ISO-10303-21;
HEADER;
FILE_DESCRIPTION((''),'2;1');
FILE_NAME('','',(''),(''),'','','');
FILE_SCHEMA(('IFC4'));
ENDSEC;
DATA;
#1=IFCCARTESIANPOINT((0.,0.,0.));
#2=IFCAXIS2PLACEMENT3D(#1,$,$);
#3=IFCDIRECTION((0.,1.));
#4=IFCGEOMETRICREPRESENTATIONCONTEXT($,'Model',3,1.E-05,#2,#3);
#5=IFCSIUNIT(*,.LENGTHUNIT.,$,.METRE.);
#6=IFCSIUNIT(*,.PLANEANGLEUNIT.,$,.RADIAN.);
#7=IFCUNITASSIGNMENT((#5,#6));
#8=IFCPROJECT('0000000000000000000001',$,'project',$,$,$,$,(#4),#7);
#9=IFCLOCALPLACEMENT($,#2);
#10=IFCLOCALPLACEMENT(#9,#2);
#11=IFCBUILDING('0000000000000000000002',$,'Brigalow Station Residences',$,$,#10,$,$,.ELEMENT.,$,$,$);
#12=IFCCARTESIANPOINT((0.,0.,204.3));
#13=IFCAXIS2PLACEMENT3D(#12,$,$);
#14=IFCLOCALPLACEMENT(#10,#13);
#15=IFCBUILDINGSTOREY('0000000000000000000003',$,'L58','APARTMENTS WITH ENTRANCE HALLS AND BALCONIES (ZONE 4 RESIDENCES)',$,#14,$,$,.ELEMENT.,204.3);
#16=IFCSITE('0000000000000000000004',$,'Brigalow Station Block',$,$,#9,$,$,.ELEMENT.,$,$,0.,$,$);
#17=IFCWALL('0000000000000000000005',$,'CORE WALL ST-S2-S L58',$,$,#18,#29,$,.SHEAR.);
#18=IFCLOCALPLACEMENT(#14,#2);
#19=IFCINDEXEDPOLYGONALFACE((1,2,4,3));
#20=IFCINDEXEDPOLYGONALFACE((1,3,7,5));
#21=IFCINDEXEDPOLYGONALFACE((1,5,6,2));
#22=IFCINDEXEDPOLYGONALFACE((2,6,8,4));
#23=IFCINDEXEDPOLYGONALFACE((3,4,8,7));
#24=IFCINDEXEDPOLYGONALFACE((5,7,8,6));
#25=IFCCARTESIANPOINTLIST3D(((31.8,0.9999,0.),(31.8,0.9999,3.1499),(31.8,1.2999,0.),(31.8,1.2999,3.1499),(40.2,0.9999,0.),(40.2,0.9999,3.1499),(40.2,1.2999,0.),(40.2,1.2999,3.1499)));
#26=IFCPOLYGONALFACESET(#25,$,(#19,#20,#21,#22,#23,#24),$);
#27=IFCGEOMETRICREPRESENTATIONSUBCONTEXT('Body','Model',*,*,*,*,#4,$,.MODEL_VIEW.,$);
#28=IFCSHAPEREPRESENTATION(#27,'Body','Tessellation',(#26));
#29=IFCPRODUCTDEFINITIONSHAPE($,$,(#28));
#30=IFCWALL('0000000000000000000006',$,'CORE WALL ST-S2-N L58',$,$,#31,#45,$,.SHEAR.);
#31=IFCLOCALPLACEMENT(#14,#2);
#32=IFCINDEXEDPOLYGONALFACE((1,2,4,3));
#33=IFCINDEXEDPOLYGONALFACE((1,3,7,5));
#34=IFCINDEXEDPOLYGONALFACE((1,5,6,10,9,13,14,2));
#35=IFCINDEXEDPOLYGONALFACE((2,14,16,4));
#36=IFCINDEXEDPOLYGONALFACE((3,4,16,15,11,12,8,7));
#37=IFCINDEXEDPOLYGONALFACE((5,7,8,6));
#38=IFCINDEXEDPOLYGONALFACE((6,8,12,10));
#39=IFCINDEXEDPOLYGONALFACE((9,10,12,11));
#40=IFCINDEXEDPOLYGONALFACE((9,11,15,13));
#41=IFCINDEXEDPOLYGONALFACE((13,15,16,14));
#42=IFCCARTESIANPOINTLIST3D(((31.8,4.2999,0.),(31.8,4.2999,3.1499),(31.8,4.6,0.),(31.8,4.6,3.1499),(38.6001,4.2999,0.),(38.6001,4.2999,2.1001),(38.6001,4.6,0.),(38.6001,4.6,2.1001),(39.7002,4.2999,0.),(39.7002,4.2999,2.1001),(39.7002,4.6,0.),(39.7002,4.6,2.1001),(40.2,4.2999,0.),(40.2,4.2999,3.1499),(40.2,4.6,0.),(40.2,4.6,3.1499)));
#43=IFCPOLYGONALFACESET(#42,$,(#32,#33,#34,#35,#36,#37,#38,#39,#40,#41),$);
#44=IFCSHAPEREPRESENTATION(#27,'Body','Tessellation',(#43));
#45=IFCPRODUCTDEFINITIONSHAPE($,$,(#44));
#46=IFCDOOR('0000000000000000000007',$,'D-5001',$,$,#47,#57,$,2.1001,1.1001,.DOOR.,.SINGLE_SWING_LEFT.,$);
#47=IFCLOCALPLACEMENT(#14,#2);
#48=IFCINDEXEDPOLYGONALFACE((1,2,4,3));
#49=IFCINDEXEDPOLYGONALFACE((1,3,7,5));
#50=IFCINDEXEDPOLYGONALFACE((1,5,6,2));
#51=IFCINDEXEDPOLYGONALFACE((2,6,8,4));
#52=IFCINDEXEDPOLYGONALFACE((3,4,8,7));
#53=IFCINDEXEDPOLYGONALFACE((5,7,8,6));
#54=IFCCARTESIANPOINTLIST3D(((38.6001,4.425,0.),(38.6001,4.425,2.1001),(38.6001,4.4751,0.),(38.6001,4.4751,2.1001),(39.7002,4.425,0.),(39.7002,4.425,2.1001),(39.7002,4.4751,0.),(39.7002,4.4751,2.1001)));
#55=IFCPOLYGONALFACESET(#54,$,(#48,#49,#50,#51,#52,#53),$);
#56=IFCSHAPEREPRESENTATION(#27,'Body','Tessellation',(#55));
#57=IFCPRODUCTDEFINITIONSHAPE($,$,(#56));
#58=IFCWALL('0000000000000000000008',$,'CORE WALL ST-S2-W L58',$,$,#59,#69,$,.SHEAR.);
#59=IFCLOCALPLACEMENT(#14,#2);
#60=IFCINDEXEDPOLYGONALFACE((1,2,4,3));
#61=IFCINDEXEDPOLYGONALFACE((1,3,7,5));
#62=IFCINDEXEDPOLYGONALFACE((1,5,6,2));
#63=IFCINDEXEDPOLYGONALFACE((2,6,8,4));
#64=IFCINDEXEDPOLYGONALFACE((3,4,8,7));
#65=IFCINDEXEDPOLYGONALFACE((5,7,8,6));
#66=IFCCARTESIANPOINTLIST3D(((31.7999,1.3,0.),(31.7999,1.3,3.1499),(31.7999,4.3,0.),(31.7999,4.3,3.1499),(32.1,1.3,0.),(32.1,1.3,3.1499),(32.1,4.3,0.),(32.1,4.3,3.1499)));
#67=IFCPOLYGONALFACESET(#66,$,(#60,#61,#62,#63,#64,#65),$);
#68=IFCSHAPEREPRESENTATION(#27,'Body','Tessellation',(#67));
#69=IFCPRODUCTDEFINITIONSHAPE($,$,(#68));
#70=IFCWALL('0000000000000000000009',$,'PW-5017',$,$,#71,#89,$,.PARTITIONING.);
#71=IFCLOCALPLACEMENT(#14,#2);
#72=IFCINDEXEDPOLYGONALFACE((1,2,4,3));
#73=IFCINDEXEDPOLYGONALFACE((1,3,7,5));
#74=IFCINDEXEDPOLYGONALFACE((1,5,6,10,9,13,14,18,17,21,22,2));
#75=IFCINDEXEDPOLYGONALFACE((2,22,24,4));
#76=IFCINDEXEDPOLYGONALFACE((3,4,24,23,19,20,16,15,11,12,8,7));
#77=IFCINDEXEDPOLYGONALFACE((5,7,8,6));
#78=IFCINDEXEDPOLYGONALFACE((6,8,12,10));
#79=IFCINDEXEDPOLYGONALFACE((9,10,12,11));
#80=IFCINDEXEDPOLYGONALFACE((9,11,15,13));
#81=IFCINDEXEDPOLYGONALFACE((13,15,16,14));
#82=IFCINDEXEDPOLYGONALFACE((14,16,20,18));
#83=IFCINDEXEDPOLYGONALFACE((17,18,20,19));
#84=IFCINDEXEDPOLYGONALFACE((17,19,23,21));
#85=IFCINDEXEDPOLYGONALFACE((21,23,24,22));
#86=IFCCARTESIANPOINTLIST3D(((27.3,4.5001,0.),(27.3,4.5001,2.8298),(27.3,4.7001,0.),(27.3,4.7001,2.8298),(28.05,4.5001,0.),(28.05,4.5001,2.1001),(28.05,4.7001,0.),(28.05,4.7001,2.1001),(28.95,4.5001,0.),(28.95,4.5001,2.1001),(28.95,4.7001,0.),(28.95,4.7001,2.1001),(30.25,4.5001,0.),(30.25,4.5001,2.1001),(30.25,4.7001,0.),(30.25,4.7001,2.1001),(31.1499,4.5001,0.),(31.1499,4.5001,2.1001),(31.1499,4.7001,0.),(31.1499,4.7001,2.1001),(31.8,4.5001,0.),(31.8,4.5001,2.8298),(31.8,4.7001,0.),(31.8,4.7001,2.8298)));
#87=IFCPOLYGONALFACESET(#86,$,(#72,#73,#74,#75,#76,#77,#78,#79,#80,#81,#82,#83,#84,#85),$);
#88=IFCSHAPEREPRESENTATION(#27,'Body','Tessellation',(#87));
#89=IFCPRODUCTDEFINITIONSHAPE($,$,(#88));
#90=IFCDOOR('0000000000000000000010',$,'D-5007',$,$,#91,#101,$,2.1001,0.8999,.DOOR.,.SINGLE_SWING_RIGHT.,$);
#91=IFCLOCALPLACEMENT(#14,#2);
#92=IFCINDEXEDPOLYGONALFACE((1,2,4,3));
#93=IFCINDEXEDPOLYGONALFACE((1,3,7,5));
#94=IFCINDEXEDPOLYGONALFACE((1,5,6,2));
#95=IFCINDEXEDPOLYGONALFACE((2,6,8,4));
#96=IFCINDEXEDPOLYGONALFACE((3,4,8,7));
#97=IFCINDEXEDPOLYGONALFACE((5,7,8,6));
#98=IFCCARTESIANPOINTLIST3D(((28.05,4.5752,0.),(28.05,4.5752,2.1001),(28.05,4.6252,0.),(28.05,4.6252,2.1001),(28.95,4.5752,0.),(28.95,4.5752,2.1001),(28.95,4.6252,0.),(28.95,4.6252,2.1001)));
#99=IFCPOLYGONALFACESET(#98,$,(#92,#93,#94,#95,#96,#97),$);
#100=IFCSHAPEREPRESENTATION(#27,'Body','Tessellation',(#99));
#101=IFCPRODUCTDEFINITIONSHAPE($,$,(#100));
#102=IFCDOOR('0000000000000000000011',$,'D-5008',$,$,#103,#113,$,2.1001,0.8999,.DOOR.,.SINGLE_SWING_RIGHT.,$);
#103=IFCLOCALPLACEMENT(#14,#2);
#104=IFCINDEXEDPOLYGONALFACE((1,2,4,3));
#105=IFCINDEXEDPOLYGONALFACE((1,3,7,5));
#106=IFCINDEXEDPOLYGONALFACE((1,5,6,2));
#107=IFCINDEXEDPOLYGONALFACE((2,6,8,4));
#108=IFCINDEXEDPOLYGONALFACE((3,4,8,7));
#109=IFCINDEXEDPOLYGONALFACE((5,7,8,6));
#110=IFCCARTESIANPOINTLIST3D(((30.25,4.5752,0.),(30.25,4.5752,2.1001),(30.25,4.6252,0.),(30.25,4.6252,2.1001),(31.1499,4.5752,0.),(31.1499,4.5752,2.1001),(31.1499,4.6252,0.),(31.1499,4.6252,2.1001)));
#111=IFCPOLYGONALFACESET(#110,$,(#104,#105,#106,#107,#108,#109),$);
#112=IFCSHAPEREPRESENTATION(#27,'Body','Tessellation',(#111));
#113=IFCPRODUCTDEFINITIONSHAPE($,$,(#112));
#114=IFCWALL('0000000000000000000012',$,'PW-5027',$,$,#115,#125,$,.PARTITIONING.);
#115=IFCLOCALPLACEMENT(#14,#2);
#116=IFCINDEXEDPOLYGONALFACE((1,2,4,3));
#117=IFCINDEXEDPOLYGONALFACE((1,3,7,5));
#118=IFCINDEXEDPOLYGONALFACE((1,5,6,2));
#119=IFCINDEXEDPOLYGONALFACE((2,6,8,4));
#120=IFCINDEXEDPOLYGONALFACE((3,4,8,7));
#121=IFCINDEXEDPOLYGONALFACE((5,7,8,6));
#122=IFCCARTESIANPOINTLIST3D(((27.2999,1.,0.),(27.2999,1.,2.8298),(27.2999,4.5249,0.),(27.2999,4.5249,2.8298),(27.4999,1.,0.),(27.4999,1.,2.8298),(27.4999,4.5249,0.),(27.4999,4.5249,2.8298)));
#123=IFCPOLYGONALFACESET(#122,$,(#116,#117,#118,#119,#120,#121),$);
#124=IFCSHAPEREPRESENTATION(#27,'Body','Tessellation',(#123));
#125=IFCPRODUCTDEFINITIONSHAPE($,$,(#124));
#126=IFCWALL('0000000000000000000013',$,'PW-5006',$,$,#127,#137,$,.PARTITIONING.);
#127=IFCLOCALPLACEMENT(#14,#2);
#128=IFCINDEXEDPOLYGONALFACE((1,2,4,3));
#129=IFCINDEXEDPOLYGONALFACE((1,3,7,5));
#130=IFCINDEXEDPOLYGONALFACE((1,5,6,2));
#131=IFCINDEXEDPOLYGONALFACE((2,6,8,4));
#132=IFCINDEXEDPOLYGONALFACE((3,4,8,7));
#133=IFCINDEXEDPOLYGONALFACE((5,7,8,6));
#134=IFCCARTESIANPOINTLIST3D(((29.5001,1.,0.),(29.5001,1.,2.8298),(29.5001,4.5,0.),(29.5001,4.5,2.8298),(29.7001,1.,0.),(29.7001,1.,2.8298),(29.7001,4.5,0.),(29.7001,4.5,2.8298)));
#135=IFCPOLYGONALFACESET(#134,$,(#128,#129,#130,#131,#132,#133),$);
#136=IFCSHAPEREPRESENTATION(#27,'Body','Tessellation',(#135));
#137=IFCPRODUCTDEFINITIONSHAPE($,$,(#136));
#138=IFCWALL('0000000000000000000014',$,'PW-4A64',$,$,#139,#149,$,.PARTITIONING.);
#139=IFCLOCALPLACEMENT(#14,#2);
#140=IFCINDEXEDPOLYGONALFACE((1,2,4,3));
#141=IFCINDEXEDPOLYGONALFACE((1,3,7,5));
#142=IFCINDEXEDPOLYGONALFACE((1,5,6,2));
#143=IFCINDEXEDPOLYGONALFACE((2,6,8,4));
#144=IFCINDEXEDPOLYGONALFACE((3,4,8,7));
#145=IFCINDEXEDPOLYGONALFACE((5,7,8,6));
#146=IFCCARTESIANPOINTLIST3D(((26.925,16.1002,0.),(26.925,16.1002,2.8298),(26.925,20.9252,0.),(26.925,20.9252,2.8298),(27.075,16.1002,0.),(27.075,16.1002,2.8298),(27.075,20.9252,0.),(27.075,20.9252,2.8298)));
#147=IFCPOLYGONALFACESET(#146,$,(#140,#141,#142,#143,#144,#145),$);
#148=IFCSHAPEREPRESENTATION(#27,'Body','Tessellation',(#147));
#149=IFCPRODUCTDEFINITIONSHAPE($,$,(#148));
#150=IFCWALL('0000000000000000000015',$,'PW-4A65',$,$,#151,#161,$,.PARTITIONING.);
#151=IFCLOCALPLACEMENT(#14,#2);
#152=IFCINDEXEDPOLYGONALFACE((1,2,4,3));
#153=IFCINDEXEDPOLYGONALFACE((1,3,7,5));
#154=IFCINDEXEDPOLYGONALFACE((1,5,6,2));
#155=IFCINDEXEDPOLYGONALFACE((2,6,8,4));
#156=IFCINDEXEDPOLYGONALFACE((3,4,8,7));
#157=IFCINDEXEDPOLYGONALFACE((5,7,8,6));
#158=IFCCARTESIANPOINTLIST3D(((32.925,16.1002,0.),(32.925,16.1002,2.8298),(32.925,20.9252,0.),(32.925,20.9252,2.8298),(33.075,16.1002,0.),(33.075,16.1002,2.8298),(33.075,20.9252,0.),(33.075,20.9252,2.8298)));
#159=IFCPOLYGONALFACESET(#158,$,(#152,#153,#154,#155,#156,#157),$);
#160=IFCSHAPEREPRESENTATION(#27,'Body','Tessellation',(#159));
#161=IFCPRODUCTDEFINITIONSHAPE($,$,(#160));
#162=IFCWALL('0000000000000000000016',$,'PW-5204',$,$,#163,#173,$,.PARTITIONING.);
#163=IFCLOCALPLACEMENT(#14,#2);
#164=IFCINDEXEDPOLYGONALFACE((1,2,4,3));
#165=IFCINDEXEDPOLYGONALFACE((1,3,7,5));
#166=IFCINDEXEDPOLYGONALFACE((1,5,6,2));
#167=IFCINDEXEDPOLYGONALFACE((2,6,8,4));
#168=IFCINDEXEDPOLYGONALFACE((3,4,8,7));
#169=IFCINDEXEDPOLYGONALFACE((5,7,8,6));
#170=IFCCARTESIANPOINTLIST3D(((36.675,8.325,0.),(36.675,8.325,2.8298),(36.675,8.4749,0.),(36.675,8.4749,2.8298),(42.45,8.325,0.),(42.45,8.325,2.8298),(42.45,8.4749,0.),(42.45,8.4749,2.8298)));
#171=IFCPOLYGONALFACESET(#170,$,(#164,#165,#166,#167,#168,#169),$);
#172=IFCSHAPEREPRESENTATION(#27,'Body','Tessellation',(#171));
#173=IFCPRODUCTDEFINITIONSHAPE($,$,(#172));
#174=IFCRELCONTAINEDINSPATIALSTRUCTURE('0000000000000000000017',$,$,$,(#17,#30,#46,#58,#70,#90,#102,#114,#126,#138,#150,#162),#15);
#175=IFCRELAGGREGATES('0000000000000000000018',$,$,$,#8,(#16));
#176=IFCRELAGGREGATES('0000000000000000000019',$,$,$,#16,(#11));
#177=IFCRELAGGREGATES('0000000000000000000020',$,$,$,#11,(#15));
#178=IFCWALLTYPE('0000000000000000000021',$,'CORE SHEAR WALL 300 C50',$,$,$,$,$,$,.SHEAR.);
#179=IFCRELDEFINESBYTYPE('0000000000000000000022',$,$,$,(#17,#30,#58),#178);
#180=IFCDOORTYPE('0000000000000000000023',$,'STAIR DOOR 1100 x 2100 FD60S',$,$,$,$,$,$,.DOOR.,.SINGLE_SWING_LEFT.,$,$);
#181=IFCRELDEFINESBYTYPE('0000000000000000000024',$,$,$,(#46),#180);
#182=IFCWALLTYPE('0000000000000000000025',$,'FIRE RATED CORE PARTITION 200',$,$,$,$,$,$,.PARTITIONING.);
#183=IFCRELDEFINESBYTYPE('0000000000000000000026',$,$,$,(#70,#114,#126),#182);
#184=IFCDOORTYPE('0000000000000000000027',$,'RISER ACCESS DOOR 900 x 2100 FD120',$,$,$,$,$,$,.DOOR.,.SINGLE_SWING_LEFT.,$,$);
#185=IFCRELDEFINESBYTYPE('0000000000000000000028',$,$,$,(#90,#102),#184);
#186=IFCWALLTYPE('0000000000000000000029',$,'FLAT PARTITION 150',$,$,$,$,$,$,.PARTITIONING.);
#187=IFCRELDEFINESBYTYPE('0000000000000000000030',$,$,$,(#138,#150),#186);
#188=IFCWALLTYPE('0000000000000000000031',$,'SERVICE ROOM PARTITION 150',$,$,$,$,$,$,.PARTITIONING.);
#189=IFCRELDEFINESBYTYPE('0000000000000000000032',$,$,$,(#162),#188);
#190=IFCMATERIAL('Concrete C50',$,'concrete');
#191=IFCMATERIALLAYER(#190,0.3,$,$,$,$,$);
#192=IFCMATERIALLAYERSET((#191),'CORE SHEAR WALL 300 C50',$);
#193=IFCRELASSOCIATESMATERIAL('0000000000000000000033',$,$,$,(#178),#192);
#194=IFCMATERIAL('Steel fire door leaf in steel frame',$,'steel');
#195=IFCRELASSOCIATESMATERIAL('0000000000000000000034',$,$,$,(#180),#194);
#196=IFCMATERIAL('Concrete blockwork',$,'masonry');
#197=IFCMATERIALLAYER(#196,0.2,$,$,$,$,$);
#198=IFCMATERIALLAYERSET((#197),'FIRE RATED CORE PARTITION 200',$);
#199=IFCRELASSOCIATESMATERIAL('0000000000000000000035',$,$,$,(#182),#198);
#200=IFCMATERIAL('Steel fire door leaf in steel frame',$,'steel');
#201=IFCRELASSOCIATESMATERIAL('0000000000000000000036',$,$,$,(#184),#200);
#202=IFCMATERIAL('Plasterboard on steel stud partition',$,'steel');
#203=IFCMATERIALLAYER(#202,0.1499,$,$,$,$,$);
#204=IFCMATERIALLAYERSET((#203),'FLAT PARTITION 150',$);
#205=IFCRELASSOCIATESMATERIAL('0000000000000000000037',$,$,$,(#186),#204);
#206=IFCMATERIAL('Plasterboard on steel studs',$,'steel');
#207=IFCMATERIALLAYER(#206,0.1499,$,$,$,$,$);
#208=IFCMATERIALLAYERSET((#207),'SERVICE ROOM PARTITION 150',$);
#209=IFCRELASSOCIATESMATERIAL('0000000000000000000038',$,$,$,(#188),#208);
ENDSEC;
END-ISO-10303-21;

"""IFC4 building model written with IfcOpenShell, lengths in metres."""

from ifc_helpers import new_model, si_unit, direction, frame, frame_2d, origin, place, context, subcontext, project, spatial, rectangle, extrude, material, layer, layer_set, type_object, element, fill, save


model = new_model("IFC4")

# Units and contexts
model_context = context("Model", 3, precision=1e-05, world=origin(), true_north=direction((0.0, 1.0)))
body_context = subcontext(model_context, "Body", "Model", "MODEL_VIEW")
ifc_project = project(units=[si_unit("LENGTHUNIT", "METRE"), si_unit("PLANEANGLEUNIT", "RADIAN")], contexts=[model_context])

# Site, building, storey
site_placement = place(None, origin())
site = spatial("IfcSite", under=ifc_project, at=site_placement, Name="Brigalow Station Block", CompositionType="ELEMENT", RefElevation=0.0)
building_placement = place(site_placement, origin())
building = spatial("IfcBuilding", under=site, at=building_placement, Name="Brigalow Station Residences", CompositionType="ELEMENT")
storey_placement = place(building_placement, frame((0.0, 0.0, 204.3)))
storey = spatial("IfcBuildingStorey", under=building, at=storey_placement, Name="L58", Description="APARTMENTS WITH ENTRANCE HALLS AND BALCONIES (ZONE 4 RESIDENCES)", CompositionType="ELEMENT", Elevation=204.3)

# Wall
ifc_material_1 = material(Name="Concrete C50", Category="concrete")
ifc_layer_1 = layer(ifc_material_1, 0.3)
ifc_layer_set_1 = layer_set([ifc_layer_1], Name="CORE SHEAR WALL 300 C50")
wall_type_1 = type_object("IfcWallType", Name="CORE SHEAR WALL 300 C50", PredefinedType="SHEAR", material=ifc_layer_set_1)
wall_1_placement = place(storey_placement, frame((31.8, 1.1499, 0.0), z_axis=(0.0, 0.0, 1.0), x_axis=(1.0, 0.0, 0.0)))
element("IfcWall", 1, at=wall_1_placement, inside=storey, type_object=wall_type_1, Name="CORE WALL ST-S2-S L58", PredefinedType="SHEAR", context=body_context, shape_type="SweptSolid", body=[
    extrude(rectangle(XDim=8.3999, YDim=0.3, at=frame_2d((4.2, 0.0))), origin(), (0.0, 0.0, 1.0), 3.1499),
])

# Wall, opening, door
wall_2_placement = place(storey_placement, frame((31.8, 4.45, 0.0), z_axis=(0.0, 0.0, 1.0), x_axis=(1.0, 0.0, 0.0)))
wall_2 = element("IfcWall", 2, at=wall_2_placement, inside=storey, type_object=wall_type_1, Name="CORE WALL ST-S2-N L58", PredefinedType="SHEAR", context=body_context, shape_type="SweptSolid", body=[
    extrude(rectangle(XDim=8.3999, YDim=0.3, at=frame_2d((4.2, 0.0))), origin(), (0.0, 0.0, 1.0), 3.1499),
])
opening_1_placement = place(wall_2_placement, frame((6.8, 0.0, 0.0)))
opening_1 = element("IfcOpeningElement", 3, at=opening_1_placement, cuts=wall_2, PredefinedType="OPENING", context=body_context, shape_type="SweptSolid", body=[
    extrude(rectangle(XDim=1.1001, YDim=2.1001, at=frame_2d((0.55, 1.05))), frame((0.0, 0.1602, 0.0), z_axis=(0.0, -1.0, 0.0), x_axis=(1.0, 0.0, 0.0)), (0.0, 0.0, 1.0), 0.3201),
])
ifc_material_2 = material(Name="Steel fire door leaf in steel frame", Category="steel")
door_type_1 = type_object("IfcDoorType", Name="STAIR DOOR 1100 x 2100 FD60S", OperationType="SINGLE_SWING_LEFT", PredefinedType="DOOR", material=ifc_material_2)
door_1_placement = place(opening_1_placement, frame((1.1001, 0.0, 0.0), z_axis=(0.0, 0.0, 1.0), x_axis=(-1.0, 0.0, 0.0)))
door_1 = element("IfcDoor", 4, at=door_1_placement, inside=storey, type_object=door_type_1, Name="D-5001", OperationType="SINGLE_SWING_LEFT", OverallHeight=2.1001, OverallWidth=1.1001, PredefinedType="DOOR", context=body_context, shape_type="SweptSolid", body=[
    extrude(rectangle(XDim=1.1001, YDim=2.1001, at=frame_2d((0.55, 1.05))), frame((0.0, 0.0249, 0.0), z_axis=(0.0, -1.0, 0.0), x_axis=(1.0, 0.0, 0.0)), (0.0, 0.0, 1.0), 0.05),
])
fill(opening_1, door_1)

# Wall
wall_3_placement = place(storey_placement, frame((31.95, 1.3, 0.0), z_axis=(0.0, 0.0, 1.0), x_axis=(0.0, 1.0, 0.0)))
element("IfcWall", 5, at=wall_3_placement, inside=storey, type_object=wall_type_1, Name="CORE WALL ST-S2-W L58", PredefinedType="SHEAR", context=body_context, shape_type="SweptSolid", body=[
    extrude(rectangle(XDim=3.0, YDim=0.3, at=frame_2d((1.5, 0.0))), origin(), (0.0, 0.0, 1.0), 3.1499),
])

# Wall, openings, doors
ifc_material_3 = material(Name="Concrete blockwork", Category="masonry")
ifc_layer_2 = layer(ifc_material_3, 0.2)
ifc_layer_set_2 = layer_set([ifc_layer_2], Name="FIRE RATED CORE PARTITION 200")
wall_type_2 = type_object("IfcWallType", Name="FIRE RATED CORE PARTITION 200", PredefinedType="PARTITIONING", material=ifc_layer_set_2)
wall_4_placement = place(storey_placement, frame((27.3, 4.6001, 0.0), z_axis=(0.0, 0.0, 1.0), x_axis=(1.0, 0.0, 0.0)))
wall_4 = element("IfcWall", 6, at=wall_4_placement, inside=storey, type_object=wall_type_2, Name="PW-5017", PredefinedType="PARTITIONING", context=body_context, shape_type="SweptSolid", body=[
    extrude(rectangle(XDim=4.5, YDim=0.2, at=frame_2d((2.25, 0.0))), origin(), (0.0, 0.0, 1.0), 2.8298),
])
opening_2_placement = place(wall_4_placement, frame((0.75, 0.0, 0.0)))
opening_2 = element("IfcOpeningElement", 7, at=opening_2_placement, cuts=wall_4, PredefinedType="OPENING", context=body_context, shape_type="SweptSolid", body=[
    extrude(rectangle(XDim=0.8999, YDim=2.1001, at=frame_2d((0.45, 1.05))), frame((0.0, 0.1099, 0.0), z_axis=(0.0, -1.0, 0.0), x_axis=(1.0, 0.0, 0.0)), (0.0, 0.0, 1.0), 0.22),
])
opening_3_placement = place(wall_4_placement, frame((2.95, 0.0, 0.0)))
opening_3 = element("IfcOpeningElement", 8, at=opening_3_placement, cuts=wall_4, PredefinedType="OPENING", context=body_context, shape_type="SweptSolid", body=[
    extrude(rectangle(XDim=0.8999, YDim=2.1001, at=frame_2d((0.45, 1.05))), frame((0.0, 0.1099, 0.0), z_axis=(0.0, -1.0, 0.0), x_axis=(1.0, 0.0, 0.0)), (0.0, 0.0, 1.0), 0.22),
])
ifc_material_4 = material(Name="Steel fire door leaf in steel frame", Category="steel")
door_type_2 = type_object("IfcDoorType", Name="RISER ACCESS DOOR 900 x 2100 FD120", OperationType="SINGLE_SWING_LEFT", PredefinedType="DOOR", material=ifc_material_4)
door_2_placement = place(opening_2_placement, frame((0.8999, 0.0, 0.0), z_axis=(0.0, 0.0, 1.0), x_axis=(-1.0, 0.0, 0.0)))
door_2 = element("IfcDoor", 9, at=door_2_placement, inside=storey, type_object=door_type_2, Name="D-5007", OperationType="SINGLE_SWING_RIGHT", OverallHeight=2.1001, OverallWidth=0.8999, PredefinedType="DOOR", context=body_context, shape_type="SweptSolid", body=[
    extrude(rectangle(XDim=0.8999, YDim=2.1001, at=frame_2d((0.45, 1.05))), frame((0.0, 0.0249, 0.0), z_axis=(0.0, -1.0, 0.0), x_axis=(1.0, 0.0, 0.0)), (0.0, 0.0, 1.0), 0.05),
])
fill(opening_2, door_2)
door_3_placement = place(opening_3_placement, frame((0.8999, 0.0, 0.0), z_axis=(0.0, 0.0, 1.0), x_axis=(-1.0, 0.0, 0.0)))
door_3 = element("IfcDoor", 10, at=door_3_placement, inside=storey, type_object=door_type_2, Name="D-5008", OperationType="SINGLE_SWING_RIGHT", OverallHeight=2.1001, OverallWidth=0.8999, PredefinedType="DOOR", context=body_context, shape_type="SweptSolid", body=[
    extrude(rectangle(XDim=0.8999, YDim=2.1001, at=frame_2d((0.45, 1.05))), frame((0.0, 0.0249, 0.0), z_axis=(0.0, -1.0, 0.0), x_axis=(1.0, 0.0, 0.0)), (0.0, 0.0, 1.0), 0.05),
])
fill(opening_3, door_3)

# Walls
wall_5_placement = place(storey_placement, frame((27.3999, 1.0, 0.0), z_axis=(0.0, 0.0, 1.0), x_axis=(0.0, 1.0, 0.0)))
element("IfcWall", 11, at=wall_5_placement, inside=storey, type_object=wall_type_2, Name="PW-5027", PredefinedType="PARTITIONING", context=body_context, shape_type="SweptSolid", body=[
    extrude(rectangle(XDim=3.5249, YDim=0.2, at=frame_2d((1.7625, 0.0))), origin(), (0.0, 0.0, 1.0), 2.8298),
])
wall_6_placement = place(storey_placement, frame((29.6001, 1.0, 0.0), z_axis=(0.0, 0.0, 1.0), x_axis=(0.0, 1.0, 0.0)))
element("IfcWall", 12, at=wall_6_placement, inside=storey, type_object=wall_type_2, Name="PW-5006", PredefinedType="PARTITIONING", context=body_context, shape_type="SweptSolid", body=[
    extrude(rectangle(XDim=3.5, YDim=0.2, at=frame_2d((1.75, 0.0))), origin(), (0.0, 0.0, 1.0), 2.8298),
])
ifc_material_5 = material(Name="Plasterboard on steel stud partition", Category="steel")
ifc_layer_3 = layer(ifc_material_5, 0.1499)
ifc_layer_set_3 = layer_set([ifc_layer_3], Name="FLAT PARTITION 150")
wall_type_3 = type_object("IfcWallType", Name="FLAT PARTITION 150", PredefinedType="PARTITIONING", material=ifc_layer_set_3)
for number, where, z_axis, x_axis, name in (
    (13, (27.0, 16.1001, 0.0), (0.0, 0.0, 1.0), (0.0, 1.0, 0.0), "PW-4A64"),
    (14, (33.0, 16.1001, 0.0), (0.0, 0.0, 1.0), (0.0, 1.0, 0.0), "PW-4A65"),
):
    element("IfcWall", number, at=place(storey_placement, frame(where, z_axis=z_axis, x_axis=x_axis)), inside=storey, type_object=wall_type_3, Name=name, PredefinedType="PARTITIONING", context=body_context, shape_type="SweptSolid", body=[
        extrude(rectangle(XDim=4.825, YDim=0.1499, at=frame_2d((2.4126, 0.0))), origin(), (0.0, 0.0, 1.0), 2.8298),
    ])
ifc_material_6 = material(Name="Plasterboard on steel studs", Category="steel")
ifc_layer_4 = layer(ifc_material_6, 0.1499)
ifc_layer_set_4 = layer_set([ifc_layer_4], Name="SERVICE ROOM PARTITION 150")
wall_type_4 = type_object("IfcWallType", Name="SERVICE ROOM PARTITION 150", PredefinedType="PARTITIONING", material=ifc_layer_set_4)
wall_7_placement = place(storey_placement, frame((36.675, 8.3999, 0.0), z_axis=(0.0, 0.0, 1.0), x_axis=(1.0, 0.0, 0.0)))
element("IfcWall", 15, at=wall_7_placement, inside=storey, type_object=wall_type_4, Name="PW-5204", PredefinedType="PARTITIONING", context=body_context, shape_type="SweptSolid", body=[
    extrude(rectangle(XDim=5.7749, YDim=0.1499, at=frame_2d((2.8875, 0.0))), origin(), (0.0, 0.0, 1.0), 2.8298),
])

save(model, "model.ifc")
